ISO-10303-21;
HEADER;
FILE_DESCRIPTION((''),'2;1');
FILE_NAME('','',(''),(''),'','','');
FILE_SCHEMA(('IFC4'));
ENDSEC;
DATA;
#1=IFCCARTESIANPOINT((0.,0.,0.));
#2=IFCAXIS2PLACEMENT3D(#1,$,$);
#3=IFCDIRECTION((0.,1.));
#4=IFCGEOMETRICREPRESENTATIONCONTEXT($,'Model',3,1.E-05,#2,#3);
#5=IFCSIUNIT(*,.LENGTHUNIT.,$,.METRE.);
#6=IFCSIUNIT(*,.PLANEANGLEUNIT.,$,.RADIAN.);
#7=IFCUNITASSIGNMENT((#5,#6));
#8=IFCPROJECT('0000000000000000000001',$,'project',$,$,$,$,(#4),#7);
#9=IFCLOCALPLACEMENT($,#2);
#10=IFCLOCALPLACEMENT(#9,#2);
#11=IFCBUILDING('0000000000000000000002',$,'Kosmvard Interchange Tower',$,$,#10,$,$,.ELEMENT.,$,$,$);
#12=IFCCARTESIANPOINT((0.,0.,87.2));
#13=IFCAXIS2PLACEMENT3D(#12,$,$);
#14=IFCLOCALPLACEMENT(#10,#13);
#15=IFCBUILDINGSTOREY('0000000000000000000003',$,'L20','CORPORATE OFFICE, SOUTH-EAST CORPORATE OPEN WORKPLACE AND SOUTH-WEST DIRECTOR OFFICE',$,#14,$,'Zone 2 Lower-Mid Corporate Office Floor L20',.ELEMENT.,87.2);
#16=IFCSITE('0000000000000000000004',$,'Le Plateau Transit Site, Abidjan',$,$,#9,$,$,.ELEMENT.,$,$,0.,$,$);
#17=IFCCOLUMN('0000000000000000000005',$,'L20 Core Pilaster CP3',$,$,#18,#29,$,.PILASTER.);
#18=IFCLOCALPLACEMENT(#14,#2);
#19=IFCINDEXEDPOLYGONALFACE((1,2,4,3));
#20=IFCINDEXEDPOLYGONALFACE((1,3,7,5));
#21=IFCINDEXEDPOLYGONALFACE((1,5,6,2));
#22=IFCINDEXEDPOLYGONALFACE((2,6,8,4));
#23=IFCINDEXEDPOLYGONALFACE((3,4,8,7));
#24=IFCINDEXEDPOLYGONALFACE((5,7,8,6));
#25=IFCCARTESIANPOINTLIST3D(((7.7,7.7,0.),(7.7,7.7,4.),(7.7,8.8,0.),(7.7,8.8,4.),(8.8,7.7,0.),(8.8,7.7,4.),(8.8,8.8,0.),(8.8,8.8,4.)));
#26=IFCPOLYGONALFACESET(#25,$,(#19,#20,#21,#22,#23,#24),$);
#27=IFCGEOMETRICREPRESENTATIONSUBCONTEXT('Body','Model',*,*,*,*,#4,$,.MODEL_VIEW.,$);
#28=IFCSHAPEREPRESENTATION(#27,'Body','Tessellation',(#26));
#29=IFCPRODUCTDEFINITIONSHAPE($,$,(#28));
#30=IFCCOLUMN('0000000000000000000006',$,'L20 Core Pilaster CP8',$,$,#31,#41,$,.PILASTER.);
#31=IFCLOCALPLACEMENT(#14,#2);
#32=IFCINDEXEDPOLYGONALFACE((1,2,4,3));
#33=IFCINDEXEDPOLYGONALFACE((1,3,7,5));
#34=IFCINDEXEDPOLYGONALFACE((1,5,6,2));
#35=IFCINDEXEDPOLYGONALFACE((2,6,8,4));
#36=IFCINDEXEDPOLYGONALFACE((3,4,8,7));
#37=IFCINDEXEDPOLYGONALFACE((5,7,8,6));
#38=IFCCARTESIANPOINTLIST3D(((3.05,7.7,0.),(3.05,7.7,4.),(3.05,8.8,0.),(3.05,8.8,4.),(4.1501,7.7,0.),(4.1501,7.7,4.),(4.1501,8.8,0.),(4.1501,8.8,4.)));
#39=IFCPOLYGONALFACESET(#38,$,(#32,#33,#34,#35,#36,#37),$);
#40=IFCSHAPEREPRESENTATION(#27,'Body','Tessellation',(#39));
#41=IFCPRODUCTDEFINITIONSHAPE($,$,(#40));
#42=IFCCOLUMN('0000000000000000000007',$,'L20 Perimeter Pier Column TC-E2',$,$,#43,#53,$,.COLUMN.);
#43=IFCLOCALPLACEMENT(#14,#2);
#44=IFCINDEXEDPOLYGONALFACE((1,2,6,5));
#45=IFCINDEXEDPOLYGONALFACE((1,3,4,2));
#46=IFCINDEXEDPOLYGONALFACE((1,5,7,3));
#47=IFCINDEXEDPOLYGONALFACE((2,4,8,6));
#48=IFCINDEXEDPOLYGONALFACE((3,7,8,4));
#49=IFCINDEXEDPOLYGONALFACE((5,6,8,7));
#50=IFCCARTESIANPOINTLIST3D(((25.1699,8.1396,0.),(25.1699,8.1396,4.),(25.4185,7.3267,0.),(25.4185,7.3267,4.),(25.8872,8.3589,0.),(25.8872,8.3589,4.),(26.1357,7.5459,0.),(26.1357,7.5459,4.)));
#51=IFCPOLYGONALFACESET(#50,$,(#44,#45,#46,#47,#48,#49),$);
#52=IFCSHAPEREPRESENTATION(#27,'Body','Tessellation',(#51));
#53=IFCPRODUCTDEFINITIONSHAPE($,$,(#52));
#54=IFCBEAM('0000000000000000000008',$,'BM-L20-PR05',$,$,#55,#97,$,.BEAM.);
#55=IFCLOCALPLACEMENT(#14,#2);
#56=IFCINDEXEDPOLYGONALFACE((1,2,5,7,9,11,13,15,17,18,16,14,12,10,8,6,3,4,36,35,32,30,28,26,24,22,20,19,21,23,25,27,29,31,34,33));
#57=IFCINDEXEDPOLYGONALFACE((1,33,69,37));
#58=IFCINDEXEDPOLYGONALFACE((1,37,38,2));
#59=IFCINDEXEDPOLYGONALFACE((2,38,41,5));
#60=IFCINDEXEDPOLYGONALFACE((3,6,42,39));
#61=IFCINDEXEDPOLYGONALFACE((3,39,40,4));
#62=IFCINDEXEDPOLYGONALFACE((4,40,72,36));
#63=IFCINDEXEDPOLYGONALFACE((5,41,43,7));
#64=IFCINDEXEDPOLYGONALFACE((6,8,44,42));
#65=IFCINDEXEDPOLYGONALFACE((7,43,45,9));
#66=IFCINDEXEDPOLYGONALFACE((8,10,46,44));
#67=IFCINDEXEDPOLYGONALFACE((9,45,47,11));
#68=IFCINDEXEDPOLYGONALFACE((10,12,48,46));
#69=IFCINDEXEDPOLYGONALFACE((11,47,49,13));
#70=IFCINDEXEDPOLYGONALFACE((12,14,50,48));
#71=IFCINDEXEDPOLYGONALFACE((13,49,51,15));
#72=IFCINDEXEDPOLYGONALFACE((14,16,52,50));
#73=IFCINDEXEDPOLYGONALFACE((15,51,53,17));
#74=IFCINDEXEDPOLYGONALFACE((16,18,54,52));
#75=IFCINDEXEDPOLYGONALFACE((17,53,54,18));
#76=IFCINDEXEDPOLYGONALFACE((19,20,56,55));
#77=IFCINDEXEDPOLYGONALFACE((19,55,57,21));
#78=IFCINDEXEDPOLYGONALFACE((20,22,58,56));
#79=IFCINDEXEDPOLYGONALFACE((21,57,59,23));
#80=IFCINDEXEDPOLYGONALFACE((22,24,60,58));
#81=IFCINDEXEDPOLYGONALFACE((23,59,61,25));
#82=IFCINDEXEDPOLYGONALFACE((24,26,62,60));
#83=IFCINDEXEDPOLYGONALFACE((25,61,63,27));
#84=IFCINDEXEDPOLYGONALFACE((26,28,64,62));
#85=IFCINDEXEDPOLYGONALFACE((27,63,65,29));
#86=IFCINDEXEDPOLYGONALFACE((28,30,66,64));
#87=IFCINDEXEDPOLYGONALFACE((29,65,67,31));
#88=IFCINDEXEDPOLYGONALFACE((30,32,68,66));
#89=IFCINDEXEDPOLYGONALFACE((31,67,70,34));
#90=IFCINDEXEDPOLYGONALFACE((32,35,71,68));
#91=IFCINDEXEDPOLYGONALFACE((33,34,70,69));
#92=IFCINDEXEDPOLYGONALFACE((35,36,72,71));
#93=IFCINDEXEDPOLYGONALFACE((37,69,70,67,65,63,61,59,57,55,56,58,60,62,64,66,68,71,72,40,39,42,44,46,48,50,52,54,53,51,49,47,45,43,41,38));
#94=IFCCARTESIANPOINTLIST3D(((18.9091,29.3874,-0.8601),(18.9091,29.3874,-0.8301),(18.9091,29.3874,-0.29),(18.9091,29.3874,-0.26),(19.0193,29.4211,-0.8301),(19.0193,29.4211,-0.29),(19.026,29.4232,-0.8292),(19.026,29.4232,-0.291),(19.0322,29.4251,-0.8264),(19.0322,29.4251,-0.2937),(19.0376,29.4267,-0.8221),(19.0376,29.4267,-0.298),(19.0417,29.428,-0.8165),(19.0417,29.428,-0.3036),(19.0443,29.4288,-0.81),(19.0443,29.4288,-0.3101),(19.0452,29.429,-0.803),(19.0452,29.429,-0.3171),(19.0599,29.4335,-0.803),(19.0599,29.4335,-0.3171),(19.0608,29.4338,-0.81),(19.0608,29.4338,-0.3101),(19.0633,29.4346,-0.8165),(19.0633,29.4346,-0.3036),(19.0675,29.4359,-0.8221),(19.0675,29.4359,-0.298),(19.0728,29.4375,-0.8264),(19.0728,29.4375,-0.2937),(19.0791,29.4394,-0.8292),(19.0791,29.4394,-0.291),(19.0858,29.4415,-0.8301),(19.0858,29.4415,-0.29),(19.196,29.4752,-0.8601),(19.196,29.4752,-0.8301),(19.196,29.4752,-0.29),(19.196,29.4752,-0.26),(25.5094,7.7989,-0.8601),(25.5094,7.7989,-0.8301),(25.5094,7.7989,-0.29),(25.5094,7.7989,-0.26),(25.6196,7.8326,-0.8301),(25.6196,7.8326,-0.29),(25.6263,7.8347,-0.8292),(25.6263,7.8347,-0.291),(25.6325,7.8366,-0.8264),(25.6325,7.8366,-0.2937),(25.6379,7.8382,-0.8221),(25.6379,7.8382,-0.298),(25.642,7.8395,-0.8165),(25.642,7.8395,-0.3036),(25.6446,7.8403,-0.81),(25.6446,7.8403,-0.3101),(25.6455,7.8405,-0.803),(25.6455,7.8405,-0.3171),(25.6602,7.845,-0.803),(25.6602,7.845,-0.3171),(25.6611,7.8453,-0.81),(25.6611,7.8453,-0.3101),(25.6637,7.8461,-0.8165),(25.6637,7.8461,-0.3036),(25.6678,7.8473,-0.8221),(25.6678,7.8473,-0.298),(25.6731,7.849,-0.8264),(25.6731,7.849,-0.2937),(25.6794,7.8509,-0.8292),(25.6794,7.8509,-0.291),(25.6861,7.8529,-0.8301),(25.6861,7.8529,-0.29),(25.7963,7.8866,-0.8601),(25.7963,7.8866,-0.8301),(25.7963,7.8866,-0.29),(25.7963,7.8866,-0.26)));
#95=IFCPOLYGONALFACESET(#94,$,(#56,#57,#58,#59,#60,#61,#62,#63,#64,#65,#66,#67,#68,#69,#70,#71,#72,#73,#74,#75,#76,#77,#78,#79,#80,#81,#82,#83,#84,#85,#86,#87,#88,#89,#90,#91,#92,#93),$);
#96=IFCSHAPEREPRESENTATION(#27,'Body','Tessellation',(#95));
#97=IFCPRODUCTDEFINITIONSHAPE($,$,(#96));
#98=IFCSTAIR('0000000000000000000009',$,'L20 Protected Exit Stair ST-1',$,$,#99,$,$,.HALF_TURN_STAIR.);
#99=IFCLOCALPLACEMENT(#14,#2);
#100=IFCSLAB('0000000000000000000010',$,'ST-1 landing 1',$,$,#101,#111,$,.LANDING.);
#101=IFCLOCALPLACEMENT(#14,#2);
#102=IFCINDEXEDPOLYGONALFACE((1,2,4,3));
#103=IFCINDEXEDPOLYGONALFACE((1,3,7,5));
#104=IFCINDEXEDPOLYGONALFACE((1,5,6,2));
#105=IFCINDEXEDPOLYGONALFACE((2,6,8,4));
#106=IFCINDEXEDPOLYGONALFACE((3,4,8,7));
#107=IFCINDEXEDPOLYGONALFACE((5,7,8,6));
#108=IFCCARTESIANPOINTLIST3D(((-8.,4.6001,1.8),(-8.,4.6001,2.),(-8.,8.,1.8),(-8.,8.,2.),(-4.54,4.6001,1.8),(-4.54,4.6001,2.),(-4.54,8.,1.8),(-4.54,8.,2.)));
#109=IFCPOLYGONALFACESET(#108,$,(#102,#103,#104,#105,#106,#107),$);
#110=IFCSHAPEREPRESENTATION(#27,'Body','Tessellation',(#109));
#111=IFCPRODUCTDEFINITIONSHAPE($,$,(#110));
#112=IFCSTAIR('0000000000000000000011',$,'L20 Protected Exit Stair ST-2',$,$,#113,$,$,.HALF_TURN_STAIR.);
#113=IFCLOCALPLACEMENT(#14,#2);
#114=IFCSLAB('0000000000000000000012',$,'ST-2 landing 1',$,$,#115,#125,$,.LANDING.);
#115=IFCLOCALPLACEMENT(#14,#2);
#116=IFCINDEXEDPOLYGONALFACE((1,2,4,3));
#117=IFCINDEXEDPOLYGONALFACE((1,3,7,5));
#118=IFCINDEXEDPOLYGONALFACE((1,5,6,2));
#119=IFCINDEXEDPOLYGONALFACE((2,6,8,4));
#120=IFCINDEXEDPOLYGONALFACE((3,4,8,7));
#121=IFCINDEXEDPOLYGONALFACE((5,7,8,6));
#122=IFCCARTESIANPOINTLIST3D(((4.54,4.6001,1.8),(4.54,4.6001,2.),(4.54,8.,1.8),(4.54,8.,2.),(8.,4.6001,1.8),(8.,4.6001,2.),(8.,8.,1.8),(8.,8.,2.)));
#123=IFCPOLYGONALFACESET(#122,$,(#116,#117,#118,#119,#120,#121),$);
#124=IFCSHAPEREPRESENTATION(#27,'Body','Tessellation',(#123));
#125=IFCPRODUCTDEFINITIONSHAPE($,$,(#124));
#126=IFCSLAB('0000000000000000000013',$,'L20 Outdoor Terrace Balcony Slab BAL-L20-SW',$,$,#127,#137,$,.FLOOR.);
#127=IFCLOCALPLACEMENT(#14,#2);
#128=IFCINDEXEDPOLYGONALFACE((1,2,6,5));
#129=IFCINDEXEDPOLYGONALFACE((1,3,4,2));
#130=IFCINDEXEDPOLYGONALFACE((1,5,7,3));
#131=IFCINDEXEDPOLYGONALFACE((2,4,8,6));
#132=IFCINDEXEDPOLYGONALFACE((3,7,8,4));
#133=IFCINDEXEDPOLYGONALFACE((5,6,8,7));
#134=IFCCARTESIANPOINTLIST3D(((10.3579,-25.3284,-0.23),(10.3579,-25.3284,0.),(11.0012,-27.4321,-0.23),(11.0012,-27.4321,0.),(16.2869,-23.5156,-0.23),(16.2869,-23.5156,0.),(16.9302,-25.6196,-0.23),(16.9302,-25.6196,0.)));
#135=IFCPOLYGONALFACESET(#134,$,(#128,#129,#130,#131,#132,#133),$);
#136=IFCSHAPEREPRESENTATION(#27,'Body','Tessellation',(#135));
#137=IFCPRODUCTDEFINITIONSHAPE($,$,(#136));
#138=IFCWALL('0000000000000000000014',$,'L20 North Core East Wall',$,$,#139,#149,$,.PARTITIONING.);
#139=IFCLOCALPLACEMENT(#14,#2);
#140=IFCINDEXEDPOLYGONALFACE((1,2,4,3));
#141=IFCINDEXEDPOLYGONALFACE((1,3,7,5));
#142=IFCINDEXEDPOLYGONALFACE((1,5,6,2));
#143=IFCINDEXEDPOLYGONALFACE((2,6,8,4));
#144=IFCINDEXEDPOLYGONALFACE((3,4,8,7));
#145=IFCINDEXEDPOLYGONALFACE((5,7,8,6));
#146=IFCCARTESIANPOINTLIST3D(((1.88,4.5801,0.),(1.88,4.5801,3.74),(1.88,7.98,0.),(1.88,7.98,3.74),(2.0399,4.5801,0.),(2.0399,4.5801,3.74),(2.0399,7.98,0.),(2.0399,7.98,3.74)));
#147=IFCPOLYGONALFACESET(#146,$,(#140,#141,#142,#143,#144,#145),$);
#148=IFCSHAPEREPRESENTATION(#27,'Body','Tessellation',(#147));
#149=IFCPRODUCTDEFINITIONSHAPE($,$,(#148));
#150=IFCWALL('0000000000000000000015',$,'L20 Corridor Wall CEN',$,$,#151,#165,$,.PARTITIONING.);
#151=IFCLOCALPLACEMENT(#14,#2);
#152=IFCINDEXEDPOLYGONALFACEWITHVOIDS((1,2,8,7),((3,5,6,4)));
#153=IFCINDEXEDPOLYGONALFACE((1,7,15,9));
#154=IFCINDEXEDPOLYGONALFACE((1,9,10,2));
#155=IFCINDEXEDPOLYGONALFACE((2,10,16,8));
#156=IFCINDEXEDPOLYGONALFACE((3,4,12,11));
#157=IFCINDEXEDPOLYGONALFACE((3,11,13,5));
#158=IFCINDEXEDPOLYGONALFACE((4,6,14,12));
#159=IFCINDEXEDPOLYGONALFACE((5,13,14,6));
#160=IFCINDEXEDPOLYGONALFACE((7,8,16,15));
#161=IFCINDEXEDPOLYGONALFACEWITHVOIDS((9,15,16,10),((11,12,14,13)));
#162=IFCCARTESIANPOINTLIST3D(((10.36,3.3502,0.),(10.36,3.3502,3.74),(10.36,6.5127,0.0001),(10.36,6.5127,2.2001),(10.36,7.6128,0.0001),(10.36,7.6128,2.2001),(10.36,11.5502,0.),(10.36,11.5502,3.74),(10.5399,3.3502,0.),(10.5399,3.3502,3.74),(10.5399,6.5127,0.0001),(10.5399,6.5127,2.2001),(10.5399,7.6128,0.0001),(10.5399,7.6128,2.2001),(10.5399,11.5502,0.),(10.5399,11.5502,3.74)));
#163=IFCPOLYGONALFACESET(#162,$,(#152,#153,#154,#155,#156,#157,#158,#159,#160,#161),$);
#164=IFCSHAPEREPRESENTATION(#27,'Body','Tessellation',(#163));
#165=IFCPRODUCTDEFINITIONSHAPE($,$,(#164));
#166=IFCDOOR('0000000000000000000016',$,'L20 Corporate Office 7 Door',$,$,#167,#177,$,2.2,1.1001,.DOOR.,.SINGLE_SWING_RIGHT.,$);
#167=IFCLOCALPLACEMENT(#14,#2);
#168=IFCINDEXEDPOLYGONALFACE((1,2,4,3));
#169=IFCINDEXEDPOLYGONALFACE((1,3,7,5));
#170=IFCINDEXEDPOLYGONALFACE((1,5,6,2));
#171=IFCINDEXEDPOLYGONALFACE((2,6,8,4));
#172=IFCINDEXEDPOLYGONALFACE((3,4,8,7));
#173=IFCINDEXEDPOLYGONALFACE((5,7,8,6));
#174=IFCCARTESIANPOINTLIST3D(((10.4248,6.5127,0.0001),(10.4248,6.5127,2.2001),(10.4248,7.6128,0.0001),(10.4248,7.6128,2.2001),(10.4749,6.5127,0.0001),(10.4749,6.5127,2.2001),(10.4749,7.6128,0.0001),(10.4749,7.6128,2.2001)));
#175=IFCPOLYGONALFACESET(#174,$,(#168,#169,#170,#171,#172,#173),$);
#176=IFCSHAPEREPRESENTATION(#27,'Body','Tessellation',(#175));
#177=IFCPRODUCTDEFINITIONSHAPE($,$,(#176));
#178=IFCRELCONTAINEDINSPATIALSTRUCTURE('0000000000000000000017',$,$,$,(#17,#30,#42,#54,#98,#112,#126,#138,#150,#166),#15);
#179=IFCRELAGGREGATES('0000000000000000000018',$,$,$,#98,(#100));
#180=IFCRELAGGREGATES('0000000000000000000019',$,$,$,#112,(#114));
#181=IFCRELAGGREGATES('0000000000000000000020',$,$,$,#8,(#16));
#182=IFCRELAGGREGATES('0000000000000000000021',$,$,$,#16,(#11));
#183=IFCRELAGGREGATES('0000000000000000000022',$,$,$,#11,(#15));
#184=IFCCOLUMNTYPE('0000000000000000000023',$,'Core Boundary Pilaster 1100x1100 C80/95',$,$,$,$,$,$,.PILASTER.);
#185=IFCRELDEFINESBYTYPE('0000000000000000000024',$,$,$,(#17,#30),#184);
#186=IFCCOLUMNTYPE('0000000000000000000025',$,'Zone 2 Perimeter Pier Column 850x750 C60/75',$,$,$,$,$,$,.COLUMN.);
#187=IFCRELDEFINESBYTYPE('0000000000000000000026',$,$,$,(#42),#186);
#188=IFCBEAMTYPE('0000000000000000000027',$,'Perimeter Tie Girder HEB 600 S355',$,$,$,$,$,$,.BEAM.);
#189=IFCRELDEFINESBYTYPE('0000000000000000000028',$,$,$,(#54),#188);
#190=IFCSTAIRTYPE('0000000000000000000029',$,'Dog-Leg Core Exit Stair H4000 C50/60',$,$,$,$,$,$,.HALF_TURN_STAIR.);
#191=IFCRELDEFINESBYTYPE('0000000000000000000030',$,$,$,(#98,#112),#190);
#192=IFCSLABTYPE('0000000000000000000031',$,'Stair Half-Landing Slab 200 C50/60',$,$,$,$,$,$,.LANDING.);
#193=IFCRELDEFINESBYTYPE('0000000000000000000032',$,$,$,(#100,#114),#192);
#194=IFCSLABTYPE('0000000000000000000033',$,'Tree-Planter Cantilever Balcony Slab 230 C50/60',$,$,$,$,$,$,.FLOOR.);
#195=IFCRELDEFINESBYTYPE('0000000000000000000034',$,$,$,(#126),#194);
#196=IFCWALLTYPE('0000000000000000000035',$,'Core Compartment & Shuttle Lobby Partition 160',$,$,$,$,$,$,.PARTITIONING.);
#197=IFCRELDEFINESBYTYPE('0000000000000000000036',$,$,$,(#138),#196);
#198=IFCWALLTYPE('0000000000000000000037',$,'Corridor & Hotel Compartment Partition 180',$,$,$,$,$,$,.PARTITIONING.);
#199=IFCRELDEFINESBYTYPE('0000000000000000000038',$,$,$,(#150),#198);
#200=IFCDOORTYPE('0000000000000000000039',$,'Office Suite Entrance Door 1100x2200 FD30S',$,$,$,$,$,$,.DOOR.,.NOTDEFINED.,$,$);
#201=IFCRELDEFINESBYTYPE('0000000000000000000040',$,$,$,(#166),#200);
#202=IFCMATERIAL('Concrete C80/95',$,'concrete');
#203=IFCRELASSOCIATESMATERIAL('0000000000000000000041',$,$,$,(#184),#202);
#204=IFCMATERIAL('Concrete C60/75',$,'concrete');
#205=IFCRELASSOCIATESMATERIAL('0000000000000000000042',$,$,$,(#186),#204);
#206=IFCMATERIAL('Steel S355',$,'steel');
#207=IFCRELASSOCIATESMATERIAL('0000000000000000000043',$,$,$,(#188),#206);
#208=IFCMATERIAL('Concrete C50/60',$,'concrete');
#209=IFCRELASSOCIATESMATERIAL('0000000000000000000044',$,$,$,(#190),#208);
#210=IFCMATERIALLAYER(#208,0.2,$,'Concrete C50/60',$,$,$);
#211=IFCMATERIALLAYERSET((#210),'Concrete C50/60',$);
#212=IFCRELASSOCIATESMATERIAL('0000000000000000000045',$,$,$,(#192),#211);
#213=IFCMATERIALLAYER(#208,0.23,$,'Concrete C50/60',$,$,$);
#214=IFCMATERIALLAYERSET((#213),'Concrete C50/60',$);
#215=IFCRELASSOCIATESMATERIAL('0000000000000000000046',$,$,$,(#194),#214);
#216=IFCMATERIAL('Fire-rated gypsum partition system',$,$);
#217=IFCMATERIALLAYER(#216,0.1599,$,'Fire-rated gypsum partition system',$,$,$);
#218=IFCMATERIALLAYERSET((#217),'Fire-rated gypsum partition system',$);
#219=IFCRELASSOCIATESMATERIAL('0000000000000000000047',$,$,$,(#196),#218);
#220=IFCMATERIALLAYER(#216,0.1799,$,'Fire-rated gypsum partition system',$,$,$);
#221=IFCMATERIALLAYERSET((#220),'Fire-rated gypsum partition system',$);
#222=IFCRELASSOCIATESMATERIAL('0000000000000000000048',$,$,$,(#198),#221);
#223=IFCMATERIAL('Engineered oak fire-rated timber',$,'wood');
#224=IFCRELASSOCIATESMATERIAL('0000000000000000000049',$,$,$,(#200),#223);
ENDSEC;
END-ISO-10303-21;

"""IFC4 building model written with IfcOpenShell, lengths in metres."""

from ifc_helpers import new_model, si_unit, direction, frame, frame_2d, origin, origin_2d, place, context, subcontext, project, spatial, polyline, rectangle, i_section, outline, extrude, source, transform, mapped, material, layer, layer_set, material_profile, profile_set, type_object, element, fill, aggregate, save


model = new_model("IFC4")

# Units and contexts
model_context = context("Model", 3, precision=1e-05, world=origin(), true_north=direction((0.0, 1.0)))
body_context = subcontext(model_context, "Body", "Model", "MODEL_VIEW")
ifc_project = project(units=[si_unit("LENGTHUNIT", "METRE"), si_unit("PLANEANGLEUNIT", "RADIAN")], contexts=[model_context])

# Site, building, storey
site_placement = place(None, origin())
site = spatial("IfcSite", under=ifc_project, at=site_placement, Name="Le Plateau Transit Site, Abidjan", CompositionType="ELEMENT", RefElevation=0.0)
building_placement = place(site_placement, origin())
building = spatial("IfcBuilding", under=site, at=building_placement, Name="Kosmvard Interchange Tower", CompositionType="ELEMENT")
storey_placement = place(building_placement, frame((0.0, 0.0, 87.2)))
storey = spatial("IfcBuildingStorey", under=building, at=storey_placement, Name="L20", Description="CORPORATE OFFICE, SOUTH-EAST CORPORATE OPEN WORKPLACE AND SOUTH-WEST DIRECTOR OFFICE", LongName="Zone 2 Lower-Mid Corporate Office Floor L20", CompositionType="ELEMENT", Elevation=87.2)

# Columns
ifc_material_1 = material(Name="Concrete C80/95", Category="concrete")
ifc_material_profile_1 = material_profile(ifc_material_1, rectangle(XDim=1.1001, YDim=1.1001, at=origin_2d()), Name="CP 1100x1100")
ifc_profile_set_1 = profile_set([ifc_material_profile_1], Name="Concrete C80/95")
column_type_1 = type_object("IfcColumnType", Name="Core Boundary Pilaster 1100x1100 C80/95", PredefinedType="PILASTER", material=ifc_profile_set_1)
shared_shape_1 = source(origin(), body_context, "Body", "SweptSolid", [
    extrude(rectangle(XDim=1.1001, YDim=1.1001, at=origin_2d()), origin(), (0.0, 0.0, 1.0), 4.0),
])
for number, where, z_axis, x_axis, name in (
    (1, (8.25, 8.25, 0.0), (0.0, 0.0, 1.0), (1.0, 0.0, 0.0), "L20 Core Pilaster CP3"),
    (2, (3.6001, 8.25, 0.0), (0.0, 0.0, 1.0), (1.0, 0.0, 0.0), "L20 Core Pilaster CP8"),
):
    element("IfcColumn", number, at=place(storey_placement, frame(where, z_axis=z_axis, x_axis=x_axis)), inside=storey, type_object=column_type_1, Name=name, PredefinedType="PILASTER", context=body_context, shape_type="MappedRepresentation", body=[
        mapped(shared_shape_1, transform((0.0, 0.0, 0.0), scale=1.0)),
    ])
ifc_material_2 = material(Name="Concrete C60/75", Category="concrete")
ifc_material_profile_2 = material_profile(ifc_material_2, rectangle(XDim=0.75, YDim=0.8501, at=origin_2d()), Name="TC 850x750")
ifc_profile_set_2 = profile_set([ifc_material_profile_2], Name="Concrete C60/75")
column_type_2 = type_object("IfcColumnType", Name="Zone 2 Perimeter Pier Column 850x750 C60/75", PredefinedType="COLUMN", material=ifc_profile_set_2)
shared_shape_2 = source(origin(), body_context, "Body", "SweptSolid", [
    extrude(rectangle(XDim=0.75, YDim=0.8501, at=origin_2d()), origin(), (0.0, 0.0, 1.0), 4.0),
])
column_placement = place(storey_placement, frame((25.6528, 7.8428, 0.0), z_axis=(0.0, 0.0, 1.0), x_axis=(0.956305, 0.292372, 0.0)))
element("IfcColumn", 3, at=column_placement, inside=storey, type_object=column_type_2, Name="L20 Perimeter Pier Column TC-E2", PredefinedType="COLUMN", context=body_context, shape_type="MappedRepresentation", body=[
    mapped(shared_shape_2, transform((0.0, 0.0, 0.0), scale=1.0)),
])

# Beam
ifc_material_3 = material(Name="Steel S355", Category="steel")
ifc_material_profile_3 = material_profile(ifc_material_3, i_section(OverallWidth=0.3, OverallDepth=0.6001, WebThickness=0.0154, FlangeThickness=0.03, FilletRadius=0.0271, at=origin_2d()), Name="HEB 600")
ifc_profile_set_3 = profile_set([ifc_material_profile_3], Name="Steel S355")
beam_type = type_object("IfcBeamType", Name="Perimeter Tie Girder HEB 600 S355", PredefinedType="BEAM", material=ifc_profile_set_3)
shared_shape_3 = source(origin(), body_context, "Body", "SweptSolid", [
    extrude(i_section(OverallWidth=0.3, OverallDepth=0.6001, WebThickness=0.0154, FlangeThickness=0.03, FilletRadius=0.0271, at=origin_2d()), origin(), (0.0, 0.0, 1.0), 22.575),
])
beam_placement = place(storey_placement, frame((25.6528, 7.8428, -0.5601), z_axis=(-0.292373, 0.956304, 0.0), x_axis=(-0.956304, -0.292373, 0.0)))
element("IfcBeam", 4, at=beam_placement, inside=storey, type_object=beam_type, Name="BM-L20-PR05", PredefinedType="BEAM", context=body_context, shape_type="MappedRepresentation", body=[
    mapped(shared_shape_3, transform((0.0, 0.0, 0.0), scale=1.0)),
])

# Stairs, slabs
ifc_material_4 = material(Name="Concrete C50/60", Category="concrete")
stair_type = type_object("IfcStairType", Name="Dog-Leg Core Exit Stair H4000 C50/60", PredefinedType="HALF_TURN_STAIR", material=ifc_material_4)
stair_1_placement = place(storey_placement, origin())
stair_1 = element("IfcStair", 5, at=stair_1_placement, inside=storey, type_object=stair_type, Name="L20 Protected Exit Stair ST-1", PredefinedType="HALF_TURN_STAIR")
ifc_layer_1 = layer(ifc_material_4, 0.2, Name="Concrete C50/60")
ifc_layer_set_1 = layer_set([ifc_layer_1], Name="Concrete C50/60")
slab_type_1 = type_object("IfcSlabType", Name="Stair Half-Landing Slab 200 C50/60", PredefinedType="LANDING", material=ifc_layer_set_1)
slab_1_placement = place(storey_placement, frame((0.0, 0.0, 1.8)))
slab_1 = element("IfcSlab", 6, at=slab_1_placement, type_object=slab_type_1, Name="ST-1 landing 1", PredefinedType="LANDING", context=body_context, shape_type="SweptSolid", body=[
    extrude(outline(polyline([(-4.54, 4.6001), (-4.54, 8.0), (-8.0, 8.0), (-8.0, 4.6001), (-4.54, 4.6001)])), origin(), (0.0, 0.0, 1.0), 0.2),
])
aggregate(stair_1, [slab_1])
stair_2_placement = place(storey_placement, origin())
stair_2 = element("IfcStair", 7, at=stair_2_placement, inside=storey, type_object=stair_type, Name="L20 Protected Exit Stair ST-2", PredefinedType="HALF_TURN_STAIR")
slab_2_placement = place(storey_placement, frame((0.0, 0.0, 1.8)))
slab_2 = element("IfcSlab", 8, at=slab_2_placement, type_object=slab_type_1, Name="ST-2 landing 1", PredefinedType="LANDING", context=body_context, shape_type="SweptSolid", body=[
    extrude(outline(polyline([(8.0, 4.6001), (8.0, 8.0), (4.54, 8.0), (4.54, 4.6001), (8.0, 4.6001)])), origin(), (0.0, 0.0, 1.0), 0.2),
])

# Slab
ifc_layer_2 = layer(ifc_material_4, 0.23, Name="Concrete C50/60")
ifc_layer_set_2 = layer_set([ifc_layer_2], Name="Concrete C50/60")
slab_type_2 = type_object("IfcSlabType", Name="Tree-Planter Cantilever Balcony Slab 230 C50/60", PredefinedType="FLOOR", material=ifc_layer_set_2)
slab_3_placement = place(storey_placement, frame((0.0, 0.0, -0.23)))
element("IfcSlab", 9, at=slab_3_placement, inside=storey, type_object=slab_type_2, Name="L20 Outdoor Terrace Balcony Slab BAL-L20-SW", PredefinedType="FLOOR", context=body_context, shape_type="SweptSolid", body=[
    extrude(outline(polyline([(11.0012, -27.4321), (16.9302, -25.6196), (16.2869, -23.5156), (10.3579, -25.3284), (11.0012, -27.4321)])), origin(), (0.0, 0.0, 1.0), 0.23),
])

# Wall
ifc_material_5 = material(Name="Fire-rated gypsum partition system")
ifc_layer_3 = layer(ifc_material_5, 0.1599, Name="Fire-rated gypsum partition system")
ifc_layer_set_3 = layer_set([ifc_layer_3], Name="Fire-rated gypsum partition system")
wall_type_1 = type_object("IfcWallType", Name="Core Compartment & Shuttle Lobby Partition 160", PredefinedType="PARTITIONING", material=ifc_layer_set_3)
wall_1_placement = place(storey_placement, frame((1.96, 4.5801, 0.0), z_axis=(0.0, 0.0, 1.0), x_axis=(0.0, 1.0, 0.0)))
element("IfcWall", 10, at=wall_1_placement, inside=storey, type_object=wall_type_1, Name="L20 North Core East Wall", PredefinedType="PARTITIONING", context=body_context, shape_type="SweptSolid", body=[
    extrude(rectangle(XDim=3.3999, YDim=0.1599, at=frame_2d((1.7, 0.0))), origin(), (0.0, 0.0, 1.0), 3.74),
])

# Wall, opening, door
ifc_layer_4 = layer(ifc_material_5, 0.1799, Name="Fire-rated gypsum partition system")
ifc_layer_set_4 = layer_set([ifc_layer_4], Name="Fire-rated gypsum partition system")
wall_type_2 = type_object("IfcWallType", Name="Corridor & Hotel Compartment Partition 180", PredefinedType="PARTITIONING", material=ifc_layer_set_4)
wall_2_placement = place(storey_placement, frame((10.45, 3.3501, 0.0), z_axis=(0.0, 0.0, 1.0), x_axis=(0.0, 1.0, 0.0)))
wall_2 = element("IfcWall", 11, at=wall_2_placement, inside=storey, type_object=wall_type_2, Name="L20 Corridor Wall CEN", PredefinedType="PARTITIONING", context=body_context, shape_type="SweptSolid", body=[
    extrude(rectangle(XDim=8.2, YDim=0.1799, at=frame_2d((4.1001, 0.0))), origin(), (0.0, 0.0, 1.0), 3.74),
])
opening_1_placement = place(wall_2_placement, frame((3.1626, 0.0, 0.0)))
opening_1 = element("IfcOpeningElement", 12, at=opening_1_placement, cuts=wall_2, PredefinedType="OPENING", context=body_context, shape_type="SweptSolid", body=[
    extrude(rectangle(XDim=1.1001, YDim=2.2, at=frame_2d((0.55, 1.1001))), frame((0.0, 0.1001, 0.0), z_axis=(0.0, -1.0, 0.0), x_axis=(1.0, 0.0, 0.0)), (0.0, 0.0, 1.0), 0.2),
])
ifc_material_6 = material(Name="Engineered oak fire-rated timber", Category="wood")
door_type_1 = type_object("IfcDoorType", Name="Office Suite Entrance Door 1100x2200 FD30S", OperationType="NOTDEFINED", PredefinedType="DOOR", material=ifc_material_6)
shared_shape_4 = source(origin(), body_context, "Body", "SweptSolid", [
    extrude(rectangle(XDim=1.1001, YDim=2.2, at=frame_2d((0.55, 1.1001))), frame((0.0, 0.0249, 0.0), z_axis=(0.0, -1.0, 0.0), x_axis=(1.0, 0.0, 0.0)), (0.0, 0.0, 1.0), 0.05),
])
door_1_placement = place(opening_1_placement, frame((1.1001, 0.0, 0.0), z_axis=(0.0, 0.0, 1.0), x_axis=(-1.0, 0.0, 0.0)))
door_1 = element("IfcDoor", 13, at=door_1_placement, inside=storey, type_object=door_type_1, Name="L20 Corporate Office 7 Door", OperationType="SINGLE_SWING_RIGHT", OverallHeight=2.2, OverallWidth=1.1001, PredefinedType="DOOR", context=body_context, shape_type="MappedRepresentation", body=[
    mapped(shared_shape_4, transform((0.0, 0.0, 0.0), scale=1.0)),
])
fill(opening_1, door_1)

aggregate(stair_2, [slab_2])

save(model, "model.ifc")
